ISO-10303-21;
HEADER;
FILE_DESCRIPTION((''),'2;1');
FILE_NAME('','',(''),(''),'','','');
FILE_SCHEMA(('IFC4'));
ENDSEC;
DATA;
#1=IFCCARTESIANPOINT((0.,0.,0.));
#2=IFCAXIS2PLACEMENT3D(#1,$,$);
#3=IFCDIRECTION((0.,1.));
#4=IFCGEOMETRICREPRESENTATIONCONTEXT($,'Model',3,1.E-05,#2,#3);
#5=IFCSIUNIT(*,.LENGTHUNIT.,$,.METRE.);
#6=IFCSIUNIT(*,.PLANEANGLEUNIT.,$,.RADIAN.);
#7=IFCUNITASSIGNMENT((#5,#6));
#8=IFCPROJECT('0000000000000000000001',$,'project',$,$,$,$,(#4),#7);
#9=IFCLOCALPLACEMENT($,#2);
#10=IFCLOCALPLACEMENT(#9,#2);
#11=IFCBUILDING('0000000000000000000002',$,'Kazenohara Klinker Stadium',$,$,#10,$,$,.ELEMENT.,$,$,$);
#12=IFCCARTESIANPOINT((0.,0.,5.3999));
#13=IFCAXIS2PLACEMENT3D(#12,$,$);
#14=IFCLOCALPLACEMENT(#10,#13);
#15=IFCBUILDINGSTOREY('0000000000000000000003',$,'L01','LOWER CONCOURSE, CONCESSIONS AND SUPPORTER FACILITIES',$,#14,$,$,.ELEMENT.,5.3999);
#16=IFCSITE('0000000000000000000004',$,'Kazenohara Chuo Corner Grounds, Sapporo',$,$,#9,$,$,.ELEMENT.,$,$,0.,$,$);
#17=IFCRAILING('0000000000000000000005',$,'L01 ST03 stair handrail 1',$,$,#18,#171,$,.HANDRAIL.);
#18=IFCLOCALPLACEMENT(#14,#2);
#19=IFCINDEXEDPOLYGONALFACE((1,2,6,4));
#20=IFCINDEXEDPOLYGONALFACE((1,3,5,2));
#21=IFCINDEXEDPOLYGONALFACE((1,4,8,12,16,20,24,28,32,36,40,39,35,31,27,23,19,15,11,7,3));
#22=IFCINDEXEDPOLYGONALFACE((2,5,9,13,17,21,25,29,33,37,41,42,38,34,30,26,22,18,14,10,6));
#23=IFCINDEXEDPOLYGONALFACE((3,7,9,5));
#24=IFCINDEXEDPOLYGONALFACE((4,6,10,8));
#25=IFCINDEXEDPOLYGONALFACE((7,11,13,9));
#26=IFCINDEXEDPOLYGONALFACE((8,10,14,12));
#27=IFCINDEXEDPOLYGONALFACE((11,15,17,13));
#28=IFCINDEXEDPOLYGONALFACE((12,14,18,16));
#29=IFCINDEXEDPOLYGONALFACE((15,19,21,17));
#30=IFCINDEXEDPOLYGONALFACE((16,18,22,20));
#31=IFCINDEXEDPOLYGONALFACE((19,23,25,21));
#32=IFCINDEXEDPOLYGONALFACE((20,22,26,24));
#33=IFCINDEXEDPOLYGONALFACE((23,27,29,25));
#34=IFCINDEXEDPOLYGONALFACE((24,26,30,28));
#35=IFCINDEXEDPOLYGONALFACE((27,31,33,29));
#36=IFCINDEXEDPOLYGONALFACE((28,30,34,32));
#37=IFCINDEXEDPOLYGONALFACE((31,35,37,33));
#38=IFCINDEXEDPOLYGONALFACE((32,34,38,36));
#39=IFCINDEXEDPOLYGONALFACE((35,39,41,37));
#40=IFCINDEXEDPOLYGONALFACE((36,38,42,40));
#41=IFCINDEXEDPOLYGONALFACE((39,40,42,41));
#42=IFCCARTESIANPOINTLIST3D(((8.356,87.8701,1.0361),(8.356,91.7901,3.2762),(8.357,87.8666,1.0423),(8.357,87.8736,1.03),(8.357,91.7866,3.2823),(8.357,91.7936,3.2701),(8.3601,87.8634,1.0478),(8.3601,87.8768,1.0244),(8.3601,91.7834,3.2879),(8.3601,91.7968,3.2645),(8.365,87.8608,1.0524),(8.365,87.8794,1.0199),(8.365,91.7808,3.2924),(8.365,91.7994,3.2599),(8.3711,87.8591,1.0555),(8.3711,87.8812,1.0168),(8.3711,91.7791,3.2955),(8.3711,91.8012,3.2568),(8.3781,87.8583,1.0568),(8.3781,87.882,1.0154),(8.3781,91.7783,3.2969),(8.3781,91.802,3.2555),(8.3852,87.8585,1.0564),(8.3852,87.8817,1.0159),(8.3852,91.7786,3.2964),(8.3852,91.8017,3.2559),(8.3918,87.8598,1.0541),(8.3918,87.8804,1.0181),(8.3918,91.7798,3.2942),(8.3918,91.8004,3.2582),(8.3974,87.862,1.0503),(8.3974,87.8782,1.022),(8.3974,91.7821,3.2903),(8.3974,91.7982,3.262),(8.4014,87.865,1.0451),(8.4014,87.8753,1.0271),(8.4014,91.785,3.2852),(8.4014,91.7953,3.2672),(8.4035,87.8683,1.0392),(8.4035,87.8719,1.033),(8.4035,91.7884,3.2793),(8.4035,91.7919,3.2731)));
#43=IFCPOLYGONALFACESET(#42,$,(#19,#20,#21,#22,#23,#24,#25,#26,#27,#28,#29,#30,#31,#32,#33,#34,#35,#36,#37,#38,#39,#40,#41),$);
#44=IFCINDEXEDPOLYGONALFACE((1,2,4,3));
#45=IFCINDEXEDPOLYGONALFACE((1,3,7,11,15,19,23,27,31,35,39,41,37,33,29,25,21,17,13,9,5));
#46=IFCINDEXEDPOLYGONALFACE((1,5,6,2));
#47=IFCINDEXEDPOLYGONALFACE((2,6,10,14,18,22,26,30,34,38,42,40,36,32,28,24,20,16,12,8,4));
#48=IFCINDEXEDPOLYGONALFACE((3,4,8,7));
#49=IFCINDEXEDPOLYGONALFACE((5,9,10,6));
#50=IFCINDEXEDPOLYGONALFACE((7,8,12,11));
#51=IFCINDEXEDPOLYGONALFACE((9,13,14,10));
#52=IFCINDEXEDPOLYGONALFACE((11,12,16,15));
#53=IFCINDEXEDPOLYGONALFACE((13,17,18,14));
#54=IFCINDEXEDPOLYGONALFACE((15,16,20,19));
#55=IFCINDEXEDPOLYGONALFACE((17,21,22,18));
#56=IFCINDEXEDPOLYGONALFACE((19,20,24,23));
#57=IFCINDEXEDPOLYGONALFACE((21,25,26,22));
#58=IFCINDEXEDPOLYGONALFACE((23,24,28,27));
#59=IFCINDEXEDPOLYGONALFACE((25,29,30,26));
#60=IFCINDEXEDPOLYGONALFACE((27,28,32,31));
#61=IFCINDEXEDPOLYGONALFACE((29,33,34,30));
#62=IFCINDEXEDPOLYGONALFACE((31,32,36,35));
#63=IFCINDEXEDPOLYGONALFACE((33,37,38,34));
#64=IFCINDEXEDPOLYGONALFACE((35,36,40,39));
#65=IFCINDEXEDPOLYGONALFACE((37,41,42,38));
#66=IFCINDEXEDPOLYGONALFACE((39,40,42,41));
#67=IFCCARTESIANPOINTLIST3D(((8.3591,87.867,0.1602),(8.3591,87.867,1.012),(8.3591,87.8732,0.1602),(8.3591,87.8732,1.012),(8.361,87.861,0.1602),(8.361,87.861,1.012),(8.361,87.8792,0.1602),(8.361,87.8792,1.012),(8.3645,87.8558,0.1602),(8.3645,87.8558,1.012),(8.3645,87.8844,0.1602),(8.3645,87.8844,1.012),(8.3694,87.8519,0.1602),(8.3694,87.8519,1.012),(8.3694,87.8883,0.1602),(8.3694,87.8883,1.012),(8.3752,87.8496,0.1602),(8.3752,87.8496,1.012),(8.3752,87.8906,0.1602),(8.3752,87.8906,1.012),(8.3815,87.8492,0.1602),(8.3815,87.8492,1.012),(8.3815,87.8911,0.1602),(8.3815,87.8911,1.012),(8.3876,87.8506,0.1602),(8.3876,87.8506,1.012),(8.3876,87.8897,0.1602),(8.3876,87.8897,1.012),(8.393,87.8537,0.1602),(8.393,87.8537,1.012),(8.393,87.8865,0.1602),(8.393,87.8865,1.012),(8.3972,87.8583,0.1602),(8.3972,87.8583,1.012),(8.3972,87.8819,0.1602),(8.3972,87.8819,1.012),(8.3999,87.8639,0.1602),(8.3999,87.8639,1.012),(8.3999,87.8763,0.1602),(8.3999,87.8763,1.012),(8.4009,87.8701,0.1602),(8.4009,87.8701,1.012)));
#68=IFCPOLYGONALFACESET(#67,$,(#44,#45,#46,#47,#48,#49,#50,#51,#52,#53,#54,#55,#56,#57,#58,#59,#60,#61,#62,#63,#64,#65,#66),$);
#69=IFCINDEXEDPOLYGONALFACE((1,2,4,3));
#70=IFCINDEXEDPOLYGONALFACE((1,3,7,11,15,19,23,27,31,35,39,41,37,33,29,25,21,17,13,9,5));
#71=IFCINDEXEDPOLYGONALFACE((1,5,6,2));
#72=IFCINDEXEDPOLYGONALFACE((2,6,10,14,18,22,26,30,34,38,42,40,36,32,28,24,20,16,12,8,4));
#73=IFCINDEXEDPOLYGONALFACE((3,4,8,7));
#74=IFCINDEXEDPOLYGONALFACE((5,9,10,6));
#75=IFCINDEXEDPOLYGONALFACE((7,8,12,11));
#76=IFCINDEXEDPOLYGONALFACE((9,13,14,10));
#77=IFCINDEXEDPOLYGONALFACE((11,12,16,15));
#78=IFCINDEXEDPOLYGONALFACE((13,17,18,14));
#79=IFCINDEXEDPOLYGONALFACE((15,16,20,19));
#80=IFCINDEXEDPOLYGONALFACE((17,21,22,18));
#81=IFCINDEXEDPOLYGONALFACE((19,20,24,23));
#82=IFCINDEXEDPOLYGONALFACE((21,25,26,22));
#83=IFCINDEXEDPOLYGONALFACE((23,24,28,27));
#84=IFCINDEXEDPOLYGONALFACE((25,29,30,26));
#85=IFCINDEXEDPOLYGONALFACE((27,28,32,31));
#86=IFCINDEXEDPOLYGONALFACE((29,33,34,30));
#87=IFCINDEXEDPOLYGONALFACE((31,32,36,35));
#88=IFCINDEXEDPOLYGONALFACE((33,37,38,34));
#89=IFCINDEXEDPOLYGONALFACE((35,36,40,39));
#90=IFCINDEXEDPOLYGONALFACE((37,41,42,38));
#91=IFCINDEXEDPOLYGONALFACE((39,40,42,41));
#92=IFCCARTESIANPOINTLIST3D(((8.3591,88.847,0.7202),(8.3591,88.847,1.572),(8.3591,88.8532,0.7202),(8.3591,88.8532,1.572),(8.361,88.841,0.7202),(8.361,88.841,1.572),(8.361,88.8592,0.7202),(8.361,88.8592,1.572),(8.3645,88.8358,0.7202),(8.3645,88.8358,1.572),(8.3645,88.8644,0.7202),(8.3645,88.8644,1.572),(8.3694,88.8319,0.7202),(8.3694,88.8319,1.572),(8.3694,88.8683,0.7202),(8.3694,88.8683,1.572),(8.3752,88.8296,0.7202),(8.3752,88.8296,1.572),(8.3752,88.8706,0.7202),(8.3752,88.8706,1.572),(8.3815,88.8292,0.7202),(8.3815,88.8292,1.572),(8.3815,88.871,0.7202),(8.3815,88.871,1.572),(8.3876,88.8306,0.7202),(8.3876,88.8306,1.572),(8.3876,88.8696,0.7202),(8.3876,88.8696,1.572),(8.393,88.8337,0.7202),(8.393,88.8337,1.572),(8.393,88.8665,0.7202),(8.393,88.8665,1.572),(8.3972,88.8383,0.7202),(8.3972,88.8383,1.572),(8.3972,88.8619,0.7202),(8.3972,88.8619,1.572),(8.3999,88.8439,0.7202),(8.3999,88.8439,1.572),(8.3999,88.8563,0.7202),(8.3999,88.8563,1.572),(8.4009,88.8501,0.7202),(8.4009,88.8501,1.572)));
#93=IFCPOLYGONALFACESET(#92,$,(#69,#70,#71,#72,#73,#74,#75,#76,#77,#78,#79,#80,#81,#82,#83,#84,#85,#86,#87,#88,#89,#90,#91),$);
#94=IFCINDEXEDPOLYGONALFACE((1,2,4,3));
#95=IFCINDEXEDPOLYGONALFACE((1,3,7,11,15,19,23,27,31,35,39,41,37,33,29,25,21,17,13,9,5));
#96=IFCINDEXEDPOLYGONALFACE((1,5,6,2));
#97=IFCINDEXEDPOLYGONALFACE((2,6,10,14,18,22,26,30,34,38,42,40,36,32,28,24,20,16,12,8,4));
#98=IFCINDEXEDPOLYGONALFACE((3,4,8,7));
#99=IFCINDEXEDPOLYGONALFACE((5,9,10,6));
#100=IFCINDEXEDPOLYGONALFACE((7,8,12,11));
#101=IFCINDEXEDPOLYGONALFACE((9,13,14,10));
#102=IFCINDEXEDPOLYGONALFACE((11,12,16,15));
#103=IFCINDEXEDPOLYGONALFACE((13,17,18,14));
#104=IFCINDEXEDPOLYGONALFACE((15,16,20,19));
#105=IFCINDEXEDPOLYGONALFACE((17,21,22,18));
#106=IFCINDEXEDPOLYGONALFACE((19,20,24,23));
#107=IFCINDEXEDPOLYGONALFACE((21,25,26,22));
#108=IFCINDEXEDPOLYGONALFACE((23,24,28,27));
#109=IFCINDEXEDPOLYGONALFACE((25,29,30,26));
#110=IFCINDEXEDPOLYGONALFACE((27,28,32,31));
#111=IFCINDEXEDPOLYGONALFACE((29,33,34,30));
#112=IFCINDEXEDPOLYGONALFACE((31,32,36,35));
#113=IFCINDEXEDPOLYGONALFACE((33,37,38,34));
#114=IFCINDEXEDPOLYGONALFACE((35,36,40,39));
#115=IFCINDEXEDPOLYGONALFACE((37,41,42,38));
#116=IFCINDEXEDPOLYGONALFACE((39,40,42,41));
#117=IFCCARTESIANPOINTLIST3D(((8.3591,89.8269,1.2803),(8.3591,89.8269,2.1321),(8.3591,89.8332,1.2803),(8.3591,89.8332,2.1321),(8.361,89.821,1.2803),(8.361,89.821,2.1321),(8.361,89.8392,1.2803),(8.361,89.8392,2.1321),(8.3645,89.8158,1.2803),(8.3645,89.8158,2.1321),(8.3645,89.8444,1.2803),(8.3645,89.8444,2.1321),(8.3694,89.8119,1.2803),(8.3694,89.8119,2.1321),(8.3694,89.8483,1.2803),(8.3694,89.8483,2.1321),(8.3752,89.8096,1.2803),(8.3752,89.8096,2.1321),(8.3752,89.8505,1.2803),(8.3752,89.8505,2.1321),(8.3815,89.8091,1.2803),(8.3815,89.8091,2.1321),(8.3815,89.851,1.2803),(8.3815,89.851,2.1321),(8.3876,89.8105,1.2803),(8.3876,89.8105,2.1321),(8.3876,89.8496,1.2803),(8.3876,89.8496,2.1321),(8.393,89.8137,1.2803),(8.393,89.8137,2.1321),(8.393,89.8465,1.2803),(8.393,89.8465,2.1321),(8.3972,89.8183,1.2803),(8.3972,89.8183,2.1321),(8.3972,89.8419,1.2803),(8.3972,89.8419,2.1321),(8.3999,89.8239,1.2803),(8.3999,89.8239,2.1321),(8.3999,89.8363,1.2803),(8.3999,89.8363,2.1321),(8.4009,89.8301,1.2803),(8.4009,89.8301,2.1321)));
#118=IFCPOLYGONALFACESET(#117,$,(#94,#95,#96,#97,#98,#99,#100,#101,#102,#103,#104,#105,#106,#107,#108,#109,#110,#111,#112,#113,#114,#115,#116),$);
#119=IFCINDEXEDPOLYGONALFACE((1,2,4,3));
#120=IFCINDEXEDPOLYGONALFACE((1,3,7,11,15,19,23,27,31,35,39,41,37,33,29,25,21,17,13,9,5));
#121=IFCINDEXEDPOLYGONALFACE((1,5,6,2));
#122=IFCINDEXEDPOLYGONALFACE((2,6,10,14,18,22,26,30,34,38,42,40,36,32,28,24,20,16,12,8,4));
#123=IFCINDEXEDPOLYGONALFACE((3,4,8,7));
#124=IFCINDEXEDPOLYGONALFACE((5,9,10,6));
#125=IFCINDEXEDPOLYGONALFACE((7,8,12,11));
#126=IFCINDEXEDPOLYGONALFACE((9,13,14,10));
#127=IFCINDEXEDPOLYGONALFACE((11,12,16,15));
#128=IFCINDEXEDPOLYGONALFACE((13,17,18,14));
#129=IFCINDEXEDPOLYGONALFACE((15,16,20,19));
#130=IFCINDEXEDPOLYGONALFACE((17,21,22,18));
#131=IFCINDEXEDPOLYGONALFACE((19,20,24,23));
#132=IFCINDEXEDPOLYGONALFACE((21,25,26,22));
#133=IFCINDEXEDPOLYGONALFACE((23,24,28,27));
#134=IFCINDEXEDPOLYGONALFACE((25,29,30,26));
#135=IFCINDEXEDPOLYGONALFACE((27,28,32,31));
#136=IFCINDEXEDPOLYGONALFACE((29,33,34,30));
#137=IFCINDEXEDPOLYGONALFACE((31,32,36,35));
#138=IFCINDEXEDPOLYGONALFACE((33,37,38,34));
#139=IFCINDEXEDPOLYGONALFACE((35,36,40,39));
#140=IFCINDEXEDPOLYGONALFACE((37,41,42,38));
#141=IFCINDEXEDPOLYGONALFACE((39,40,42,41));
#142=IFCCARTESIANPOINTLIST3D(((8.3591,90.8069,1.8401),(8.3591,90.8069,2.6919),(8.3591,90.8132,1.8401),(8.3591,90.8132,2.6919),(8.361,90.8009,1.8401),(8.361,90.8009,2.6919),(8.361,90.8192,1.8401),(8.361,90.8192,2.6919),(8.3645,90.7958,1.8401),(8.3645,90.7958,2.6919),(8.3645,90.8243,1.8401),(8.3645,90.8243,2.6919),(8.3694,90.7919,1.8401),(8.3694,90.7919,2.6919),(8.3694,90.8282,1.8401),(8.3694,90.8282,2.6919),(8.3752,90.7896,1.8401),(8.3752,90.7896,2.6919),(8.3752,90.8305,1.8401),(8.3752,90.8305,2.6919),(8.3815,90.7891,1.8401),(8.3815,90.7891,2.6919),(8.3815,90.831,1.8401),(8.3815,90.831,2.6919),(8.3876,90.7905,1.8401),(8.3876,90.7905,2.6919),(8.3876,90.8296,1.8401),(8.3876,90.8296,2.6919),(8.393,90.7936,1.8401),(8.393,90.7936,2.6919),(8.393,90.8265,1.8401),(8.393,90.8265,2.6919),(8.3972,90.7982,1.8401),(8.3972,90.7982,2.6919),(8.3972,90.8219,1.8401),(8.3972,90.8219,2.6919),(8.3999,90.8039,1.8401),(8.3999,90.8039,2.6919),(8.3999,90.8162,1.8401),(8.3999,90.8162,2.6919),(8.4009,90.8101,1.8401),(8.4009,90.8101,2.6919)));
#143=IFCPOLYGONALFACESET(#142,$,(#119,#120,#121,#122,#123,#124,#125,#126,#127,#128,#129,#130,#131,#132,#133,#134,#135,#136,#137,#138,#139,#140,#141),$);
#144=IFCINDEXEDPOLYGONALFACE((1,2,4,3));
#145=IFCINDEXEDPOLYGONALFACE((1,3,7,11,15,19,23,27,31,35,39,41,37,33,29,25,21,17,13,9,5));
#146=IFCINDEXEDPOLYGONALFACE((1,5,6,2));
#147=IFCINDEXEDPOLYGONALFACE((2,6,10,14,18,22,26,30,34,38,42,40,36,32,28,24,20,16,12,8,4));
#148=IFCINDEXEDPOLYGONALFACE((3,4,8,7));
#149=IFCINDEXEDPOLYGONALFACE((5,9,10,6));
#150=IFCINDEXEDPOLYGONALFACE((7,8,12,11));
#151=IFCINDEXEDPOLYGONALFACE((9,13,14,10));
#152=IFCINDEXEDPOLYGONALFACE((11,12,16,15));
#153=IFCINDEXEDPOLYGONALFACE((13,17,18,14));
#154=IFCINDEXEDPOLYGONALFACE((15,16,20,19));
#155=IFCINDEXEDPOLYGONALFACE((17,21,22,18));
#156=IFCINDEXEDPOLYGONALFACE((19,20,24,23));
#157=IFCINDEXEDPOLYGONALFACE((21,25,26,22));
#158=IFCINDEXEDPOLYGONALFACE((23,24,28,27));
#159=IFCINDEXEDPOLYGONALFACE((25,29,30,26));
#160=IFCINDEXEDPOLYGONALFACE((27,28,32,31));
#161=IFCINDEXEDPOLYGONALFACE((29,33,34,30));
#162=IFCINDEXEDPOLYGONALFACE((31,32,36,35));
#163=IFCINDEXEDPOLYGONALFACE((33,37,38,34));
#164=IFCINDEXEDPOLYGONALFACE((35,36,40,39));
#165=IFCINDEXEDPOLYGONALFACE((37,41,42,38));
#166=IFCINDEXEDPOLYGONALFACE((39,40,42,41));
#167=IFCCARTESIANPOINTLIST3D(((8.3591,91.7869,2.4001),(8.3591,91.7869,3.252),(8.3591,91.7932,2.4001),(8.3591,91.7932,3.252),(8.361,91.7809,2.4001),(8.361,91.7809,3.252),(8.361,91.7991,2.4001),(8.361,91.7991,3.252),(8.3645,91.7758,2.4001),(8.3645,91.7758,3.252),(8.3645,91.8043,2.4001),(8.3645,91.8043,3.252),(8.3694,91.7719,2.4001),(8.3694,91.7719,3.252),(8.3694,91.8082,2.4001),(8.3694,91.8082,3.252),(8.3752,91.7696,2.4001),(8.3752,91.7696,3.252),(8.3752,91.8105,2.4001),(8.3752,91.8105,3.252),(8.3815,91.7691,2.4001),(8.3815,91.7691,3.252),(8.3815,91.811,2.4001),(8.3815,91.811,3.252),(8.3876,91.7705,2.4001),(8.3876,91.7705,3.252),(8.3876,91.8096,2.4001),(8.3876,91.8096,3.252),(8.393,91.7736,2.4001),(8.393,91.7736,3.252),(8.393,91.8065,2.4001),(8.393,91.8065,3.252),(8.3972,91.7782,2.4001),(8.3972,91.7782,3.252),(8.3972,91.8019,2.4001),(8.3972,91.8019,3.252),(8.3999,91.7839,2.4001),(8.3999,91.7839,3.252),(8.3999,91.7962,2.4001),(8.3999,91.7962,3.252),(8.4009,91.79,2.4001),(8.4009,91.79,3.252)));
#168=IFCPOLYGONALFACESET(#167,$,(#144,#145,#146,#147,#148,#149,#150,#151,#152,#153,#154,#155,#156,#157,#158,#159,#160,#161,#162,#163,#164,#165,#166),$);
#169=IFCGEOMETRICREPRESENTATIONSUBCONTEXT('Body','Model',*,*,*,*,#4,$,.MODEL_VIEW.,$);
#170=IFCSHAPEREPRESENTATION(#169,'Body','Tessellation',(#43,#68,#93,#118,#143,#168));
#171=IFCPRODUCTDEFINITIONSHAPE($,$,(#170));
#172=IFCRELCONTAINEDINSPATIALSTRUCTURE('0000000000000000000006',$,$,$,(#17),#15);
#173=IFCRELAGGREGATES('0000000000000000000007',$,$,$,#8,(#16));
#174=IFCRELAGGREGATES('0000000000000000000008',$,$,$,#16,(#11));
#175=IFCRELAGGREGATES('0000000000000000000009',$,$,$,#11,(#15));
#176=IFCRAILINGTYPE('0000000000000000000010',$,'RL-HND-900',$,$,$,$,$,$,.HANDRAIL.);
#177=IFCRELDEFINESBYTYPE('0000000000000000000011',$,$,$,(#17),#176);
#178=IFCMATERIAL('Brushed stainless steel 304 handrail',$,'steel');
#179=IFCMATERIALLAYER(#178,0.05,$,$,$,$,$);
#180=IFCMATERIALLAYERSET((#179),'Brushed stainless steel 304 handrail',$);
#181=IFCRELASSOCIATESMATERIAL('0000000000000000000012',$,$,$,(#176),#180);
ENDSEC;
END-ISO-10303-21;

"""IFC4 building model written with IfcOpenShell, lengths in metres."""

from ifc_helpers import new_model, si_unit, direction, frame, origin, origin_2d, place, context, subcontext, project, spatial, circle, extrude, material, layer, layer_set, type_object, element, save


model = new_model("IFC4")

# Units and contexts
model_context = context("Model", 3, precision=1e-05, world=origin(), true_north=direction((0.0, 1.0)))
body_context = subcontext(model_context, "Body", "Model", "MODEL_VIEW")
ifc_project = project(units=[si_unit("LENGTHUNIT", "METRE"), si_unit("PLANEANGLEUNIT", "RADIAN")], contexts=[model_context])

# Site, building, storey
site_placement = place(None, origin())
site = spatial("IfcSite", under=ifc_project, at=site_placement, Name="Kazenohara Chuo Corner Grounds, Sapporo", CompositionType="ELEMENT", RefElevation=0.0)
building_placement = place(site_placement, origin())
building = spatial("IfcBuilding", under=site, at=building_placement, Name="Kazenohara Klinker Stadium", CompositionType="ELEMENT")
storey_placement = place(building_placement, frame((0.0, 0.0, 5.3999)))
storey = spatial("IfcBuildingStorey", under=building, at=storey_placement, Name="L01", Description="LOWER CONCOURSE, CONCESSIONS AND SUPPORTER FACILITIES", CompositionType="ELEMENT", Elevation=5.3999)

# Railing
ifc_material_1 = material(Name="Brushed stainless steel 304 handrail", Category="steel")
ifc_layer_1 = layer(ifc_material_1, 0.05)
ifc_layer_set_1 = layer_set([ifc_layer_1], Name="Brushed stainless steel 304 handrail")
railing_type = type_object("IfcRailingType", Name="RL-HND-900", PredefinedType="HANDRAIL", material=ifc_layer_set_1)
railing_placement = place(storey_placement, frame((8.3799, 87.8701, 0.1602)))
element("IfcRailing", 1, at=railing_placement, inside=storey, type_object=railing_type, Name="L01 ST03 stair handrail 1", PredefinedType="HANDRAIL", context=body_context, shape_type="SweptSolid", body=[
    extrude(circle(Radius=0.0239, at=origin_2d()), frame((0.0, 0.0, 0.876), z_axis=(0.0, 0.86824, 0.496145), x_axis=(-1.0, 0.0, 0.0)), (0.0, 0.0, 1.0), 4.5149),
    extrude(circle(Radius=0.021, at=origin_2d()), origin(), (0.0, 0.0, 1.0), 0.8518),
    extrude(circle(Radius=0.021, at=origin_2d()), frame((0.0, 0.98, 0.5601)), (0.0, 0.0, 1.0), 0.8518),
    extrude(circle(Radius=0.021, at=origin_2d()), frame((0.0, 1.96, 1.1201)), (0.0, 0.0, 1.0), 0.8518),
    extrude(circle(Radius=0.021, at=origin_2d()), frame((0.0, 2.9399, 1.6799)), (0.0, 0.0, 1.0), 0.8518),
    extrude(circle(Radius=0.021, at=origin_2d()), frame((0.0, 3.9199, 2.24)), (0.0, 0.0, 1.0), 0.8518),
])

save(model, "model.ifc")
